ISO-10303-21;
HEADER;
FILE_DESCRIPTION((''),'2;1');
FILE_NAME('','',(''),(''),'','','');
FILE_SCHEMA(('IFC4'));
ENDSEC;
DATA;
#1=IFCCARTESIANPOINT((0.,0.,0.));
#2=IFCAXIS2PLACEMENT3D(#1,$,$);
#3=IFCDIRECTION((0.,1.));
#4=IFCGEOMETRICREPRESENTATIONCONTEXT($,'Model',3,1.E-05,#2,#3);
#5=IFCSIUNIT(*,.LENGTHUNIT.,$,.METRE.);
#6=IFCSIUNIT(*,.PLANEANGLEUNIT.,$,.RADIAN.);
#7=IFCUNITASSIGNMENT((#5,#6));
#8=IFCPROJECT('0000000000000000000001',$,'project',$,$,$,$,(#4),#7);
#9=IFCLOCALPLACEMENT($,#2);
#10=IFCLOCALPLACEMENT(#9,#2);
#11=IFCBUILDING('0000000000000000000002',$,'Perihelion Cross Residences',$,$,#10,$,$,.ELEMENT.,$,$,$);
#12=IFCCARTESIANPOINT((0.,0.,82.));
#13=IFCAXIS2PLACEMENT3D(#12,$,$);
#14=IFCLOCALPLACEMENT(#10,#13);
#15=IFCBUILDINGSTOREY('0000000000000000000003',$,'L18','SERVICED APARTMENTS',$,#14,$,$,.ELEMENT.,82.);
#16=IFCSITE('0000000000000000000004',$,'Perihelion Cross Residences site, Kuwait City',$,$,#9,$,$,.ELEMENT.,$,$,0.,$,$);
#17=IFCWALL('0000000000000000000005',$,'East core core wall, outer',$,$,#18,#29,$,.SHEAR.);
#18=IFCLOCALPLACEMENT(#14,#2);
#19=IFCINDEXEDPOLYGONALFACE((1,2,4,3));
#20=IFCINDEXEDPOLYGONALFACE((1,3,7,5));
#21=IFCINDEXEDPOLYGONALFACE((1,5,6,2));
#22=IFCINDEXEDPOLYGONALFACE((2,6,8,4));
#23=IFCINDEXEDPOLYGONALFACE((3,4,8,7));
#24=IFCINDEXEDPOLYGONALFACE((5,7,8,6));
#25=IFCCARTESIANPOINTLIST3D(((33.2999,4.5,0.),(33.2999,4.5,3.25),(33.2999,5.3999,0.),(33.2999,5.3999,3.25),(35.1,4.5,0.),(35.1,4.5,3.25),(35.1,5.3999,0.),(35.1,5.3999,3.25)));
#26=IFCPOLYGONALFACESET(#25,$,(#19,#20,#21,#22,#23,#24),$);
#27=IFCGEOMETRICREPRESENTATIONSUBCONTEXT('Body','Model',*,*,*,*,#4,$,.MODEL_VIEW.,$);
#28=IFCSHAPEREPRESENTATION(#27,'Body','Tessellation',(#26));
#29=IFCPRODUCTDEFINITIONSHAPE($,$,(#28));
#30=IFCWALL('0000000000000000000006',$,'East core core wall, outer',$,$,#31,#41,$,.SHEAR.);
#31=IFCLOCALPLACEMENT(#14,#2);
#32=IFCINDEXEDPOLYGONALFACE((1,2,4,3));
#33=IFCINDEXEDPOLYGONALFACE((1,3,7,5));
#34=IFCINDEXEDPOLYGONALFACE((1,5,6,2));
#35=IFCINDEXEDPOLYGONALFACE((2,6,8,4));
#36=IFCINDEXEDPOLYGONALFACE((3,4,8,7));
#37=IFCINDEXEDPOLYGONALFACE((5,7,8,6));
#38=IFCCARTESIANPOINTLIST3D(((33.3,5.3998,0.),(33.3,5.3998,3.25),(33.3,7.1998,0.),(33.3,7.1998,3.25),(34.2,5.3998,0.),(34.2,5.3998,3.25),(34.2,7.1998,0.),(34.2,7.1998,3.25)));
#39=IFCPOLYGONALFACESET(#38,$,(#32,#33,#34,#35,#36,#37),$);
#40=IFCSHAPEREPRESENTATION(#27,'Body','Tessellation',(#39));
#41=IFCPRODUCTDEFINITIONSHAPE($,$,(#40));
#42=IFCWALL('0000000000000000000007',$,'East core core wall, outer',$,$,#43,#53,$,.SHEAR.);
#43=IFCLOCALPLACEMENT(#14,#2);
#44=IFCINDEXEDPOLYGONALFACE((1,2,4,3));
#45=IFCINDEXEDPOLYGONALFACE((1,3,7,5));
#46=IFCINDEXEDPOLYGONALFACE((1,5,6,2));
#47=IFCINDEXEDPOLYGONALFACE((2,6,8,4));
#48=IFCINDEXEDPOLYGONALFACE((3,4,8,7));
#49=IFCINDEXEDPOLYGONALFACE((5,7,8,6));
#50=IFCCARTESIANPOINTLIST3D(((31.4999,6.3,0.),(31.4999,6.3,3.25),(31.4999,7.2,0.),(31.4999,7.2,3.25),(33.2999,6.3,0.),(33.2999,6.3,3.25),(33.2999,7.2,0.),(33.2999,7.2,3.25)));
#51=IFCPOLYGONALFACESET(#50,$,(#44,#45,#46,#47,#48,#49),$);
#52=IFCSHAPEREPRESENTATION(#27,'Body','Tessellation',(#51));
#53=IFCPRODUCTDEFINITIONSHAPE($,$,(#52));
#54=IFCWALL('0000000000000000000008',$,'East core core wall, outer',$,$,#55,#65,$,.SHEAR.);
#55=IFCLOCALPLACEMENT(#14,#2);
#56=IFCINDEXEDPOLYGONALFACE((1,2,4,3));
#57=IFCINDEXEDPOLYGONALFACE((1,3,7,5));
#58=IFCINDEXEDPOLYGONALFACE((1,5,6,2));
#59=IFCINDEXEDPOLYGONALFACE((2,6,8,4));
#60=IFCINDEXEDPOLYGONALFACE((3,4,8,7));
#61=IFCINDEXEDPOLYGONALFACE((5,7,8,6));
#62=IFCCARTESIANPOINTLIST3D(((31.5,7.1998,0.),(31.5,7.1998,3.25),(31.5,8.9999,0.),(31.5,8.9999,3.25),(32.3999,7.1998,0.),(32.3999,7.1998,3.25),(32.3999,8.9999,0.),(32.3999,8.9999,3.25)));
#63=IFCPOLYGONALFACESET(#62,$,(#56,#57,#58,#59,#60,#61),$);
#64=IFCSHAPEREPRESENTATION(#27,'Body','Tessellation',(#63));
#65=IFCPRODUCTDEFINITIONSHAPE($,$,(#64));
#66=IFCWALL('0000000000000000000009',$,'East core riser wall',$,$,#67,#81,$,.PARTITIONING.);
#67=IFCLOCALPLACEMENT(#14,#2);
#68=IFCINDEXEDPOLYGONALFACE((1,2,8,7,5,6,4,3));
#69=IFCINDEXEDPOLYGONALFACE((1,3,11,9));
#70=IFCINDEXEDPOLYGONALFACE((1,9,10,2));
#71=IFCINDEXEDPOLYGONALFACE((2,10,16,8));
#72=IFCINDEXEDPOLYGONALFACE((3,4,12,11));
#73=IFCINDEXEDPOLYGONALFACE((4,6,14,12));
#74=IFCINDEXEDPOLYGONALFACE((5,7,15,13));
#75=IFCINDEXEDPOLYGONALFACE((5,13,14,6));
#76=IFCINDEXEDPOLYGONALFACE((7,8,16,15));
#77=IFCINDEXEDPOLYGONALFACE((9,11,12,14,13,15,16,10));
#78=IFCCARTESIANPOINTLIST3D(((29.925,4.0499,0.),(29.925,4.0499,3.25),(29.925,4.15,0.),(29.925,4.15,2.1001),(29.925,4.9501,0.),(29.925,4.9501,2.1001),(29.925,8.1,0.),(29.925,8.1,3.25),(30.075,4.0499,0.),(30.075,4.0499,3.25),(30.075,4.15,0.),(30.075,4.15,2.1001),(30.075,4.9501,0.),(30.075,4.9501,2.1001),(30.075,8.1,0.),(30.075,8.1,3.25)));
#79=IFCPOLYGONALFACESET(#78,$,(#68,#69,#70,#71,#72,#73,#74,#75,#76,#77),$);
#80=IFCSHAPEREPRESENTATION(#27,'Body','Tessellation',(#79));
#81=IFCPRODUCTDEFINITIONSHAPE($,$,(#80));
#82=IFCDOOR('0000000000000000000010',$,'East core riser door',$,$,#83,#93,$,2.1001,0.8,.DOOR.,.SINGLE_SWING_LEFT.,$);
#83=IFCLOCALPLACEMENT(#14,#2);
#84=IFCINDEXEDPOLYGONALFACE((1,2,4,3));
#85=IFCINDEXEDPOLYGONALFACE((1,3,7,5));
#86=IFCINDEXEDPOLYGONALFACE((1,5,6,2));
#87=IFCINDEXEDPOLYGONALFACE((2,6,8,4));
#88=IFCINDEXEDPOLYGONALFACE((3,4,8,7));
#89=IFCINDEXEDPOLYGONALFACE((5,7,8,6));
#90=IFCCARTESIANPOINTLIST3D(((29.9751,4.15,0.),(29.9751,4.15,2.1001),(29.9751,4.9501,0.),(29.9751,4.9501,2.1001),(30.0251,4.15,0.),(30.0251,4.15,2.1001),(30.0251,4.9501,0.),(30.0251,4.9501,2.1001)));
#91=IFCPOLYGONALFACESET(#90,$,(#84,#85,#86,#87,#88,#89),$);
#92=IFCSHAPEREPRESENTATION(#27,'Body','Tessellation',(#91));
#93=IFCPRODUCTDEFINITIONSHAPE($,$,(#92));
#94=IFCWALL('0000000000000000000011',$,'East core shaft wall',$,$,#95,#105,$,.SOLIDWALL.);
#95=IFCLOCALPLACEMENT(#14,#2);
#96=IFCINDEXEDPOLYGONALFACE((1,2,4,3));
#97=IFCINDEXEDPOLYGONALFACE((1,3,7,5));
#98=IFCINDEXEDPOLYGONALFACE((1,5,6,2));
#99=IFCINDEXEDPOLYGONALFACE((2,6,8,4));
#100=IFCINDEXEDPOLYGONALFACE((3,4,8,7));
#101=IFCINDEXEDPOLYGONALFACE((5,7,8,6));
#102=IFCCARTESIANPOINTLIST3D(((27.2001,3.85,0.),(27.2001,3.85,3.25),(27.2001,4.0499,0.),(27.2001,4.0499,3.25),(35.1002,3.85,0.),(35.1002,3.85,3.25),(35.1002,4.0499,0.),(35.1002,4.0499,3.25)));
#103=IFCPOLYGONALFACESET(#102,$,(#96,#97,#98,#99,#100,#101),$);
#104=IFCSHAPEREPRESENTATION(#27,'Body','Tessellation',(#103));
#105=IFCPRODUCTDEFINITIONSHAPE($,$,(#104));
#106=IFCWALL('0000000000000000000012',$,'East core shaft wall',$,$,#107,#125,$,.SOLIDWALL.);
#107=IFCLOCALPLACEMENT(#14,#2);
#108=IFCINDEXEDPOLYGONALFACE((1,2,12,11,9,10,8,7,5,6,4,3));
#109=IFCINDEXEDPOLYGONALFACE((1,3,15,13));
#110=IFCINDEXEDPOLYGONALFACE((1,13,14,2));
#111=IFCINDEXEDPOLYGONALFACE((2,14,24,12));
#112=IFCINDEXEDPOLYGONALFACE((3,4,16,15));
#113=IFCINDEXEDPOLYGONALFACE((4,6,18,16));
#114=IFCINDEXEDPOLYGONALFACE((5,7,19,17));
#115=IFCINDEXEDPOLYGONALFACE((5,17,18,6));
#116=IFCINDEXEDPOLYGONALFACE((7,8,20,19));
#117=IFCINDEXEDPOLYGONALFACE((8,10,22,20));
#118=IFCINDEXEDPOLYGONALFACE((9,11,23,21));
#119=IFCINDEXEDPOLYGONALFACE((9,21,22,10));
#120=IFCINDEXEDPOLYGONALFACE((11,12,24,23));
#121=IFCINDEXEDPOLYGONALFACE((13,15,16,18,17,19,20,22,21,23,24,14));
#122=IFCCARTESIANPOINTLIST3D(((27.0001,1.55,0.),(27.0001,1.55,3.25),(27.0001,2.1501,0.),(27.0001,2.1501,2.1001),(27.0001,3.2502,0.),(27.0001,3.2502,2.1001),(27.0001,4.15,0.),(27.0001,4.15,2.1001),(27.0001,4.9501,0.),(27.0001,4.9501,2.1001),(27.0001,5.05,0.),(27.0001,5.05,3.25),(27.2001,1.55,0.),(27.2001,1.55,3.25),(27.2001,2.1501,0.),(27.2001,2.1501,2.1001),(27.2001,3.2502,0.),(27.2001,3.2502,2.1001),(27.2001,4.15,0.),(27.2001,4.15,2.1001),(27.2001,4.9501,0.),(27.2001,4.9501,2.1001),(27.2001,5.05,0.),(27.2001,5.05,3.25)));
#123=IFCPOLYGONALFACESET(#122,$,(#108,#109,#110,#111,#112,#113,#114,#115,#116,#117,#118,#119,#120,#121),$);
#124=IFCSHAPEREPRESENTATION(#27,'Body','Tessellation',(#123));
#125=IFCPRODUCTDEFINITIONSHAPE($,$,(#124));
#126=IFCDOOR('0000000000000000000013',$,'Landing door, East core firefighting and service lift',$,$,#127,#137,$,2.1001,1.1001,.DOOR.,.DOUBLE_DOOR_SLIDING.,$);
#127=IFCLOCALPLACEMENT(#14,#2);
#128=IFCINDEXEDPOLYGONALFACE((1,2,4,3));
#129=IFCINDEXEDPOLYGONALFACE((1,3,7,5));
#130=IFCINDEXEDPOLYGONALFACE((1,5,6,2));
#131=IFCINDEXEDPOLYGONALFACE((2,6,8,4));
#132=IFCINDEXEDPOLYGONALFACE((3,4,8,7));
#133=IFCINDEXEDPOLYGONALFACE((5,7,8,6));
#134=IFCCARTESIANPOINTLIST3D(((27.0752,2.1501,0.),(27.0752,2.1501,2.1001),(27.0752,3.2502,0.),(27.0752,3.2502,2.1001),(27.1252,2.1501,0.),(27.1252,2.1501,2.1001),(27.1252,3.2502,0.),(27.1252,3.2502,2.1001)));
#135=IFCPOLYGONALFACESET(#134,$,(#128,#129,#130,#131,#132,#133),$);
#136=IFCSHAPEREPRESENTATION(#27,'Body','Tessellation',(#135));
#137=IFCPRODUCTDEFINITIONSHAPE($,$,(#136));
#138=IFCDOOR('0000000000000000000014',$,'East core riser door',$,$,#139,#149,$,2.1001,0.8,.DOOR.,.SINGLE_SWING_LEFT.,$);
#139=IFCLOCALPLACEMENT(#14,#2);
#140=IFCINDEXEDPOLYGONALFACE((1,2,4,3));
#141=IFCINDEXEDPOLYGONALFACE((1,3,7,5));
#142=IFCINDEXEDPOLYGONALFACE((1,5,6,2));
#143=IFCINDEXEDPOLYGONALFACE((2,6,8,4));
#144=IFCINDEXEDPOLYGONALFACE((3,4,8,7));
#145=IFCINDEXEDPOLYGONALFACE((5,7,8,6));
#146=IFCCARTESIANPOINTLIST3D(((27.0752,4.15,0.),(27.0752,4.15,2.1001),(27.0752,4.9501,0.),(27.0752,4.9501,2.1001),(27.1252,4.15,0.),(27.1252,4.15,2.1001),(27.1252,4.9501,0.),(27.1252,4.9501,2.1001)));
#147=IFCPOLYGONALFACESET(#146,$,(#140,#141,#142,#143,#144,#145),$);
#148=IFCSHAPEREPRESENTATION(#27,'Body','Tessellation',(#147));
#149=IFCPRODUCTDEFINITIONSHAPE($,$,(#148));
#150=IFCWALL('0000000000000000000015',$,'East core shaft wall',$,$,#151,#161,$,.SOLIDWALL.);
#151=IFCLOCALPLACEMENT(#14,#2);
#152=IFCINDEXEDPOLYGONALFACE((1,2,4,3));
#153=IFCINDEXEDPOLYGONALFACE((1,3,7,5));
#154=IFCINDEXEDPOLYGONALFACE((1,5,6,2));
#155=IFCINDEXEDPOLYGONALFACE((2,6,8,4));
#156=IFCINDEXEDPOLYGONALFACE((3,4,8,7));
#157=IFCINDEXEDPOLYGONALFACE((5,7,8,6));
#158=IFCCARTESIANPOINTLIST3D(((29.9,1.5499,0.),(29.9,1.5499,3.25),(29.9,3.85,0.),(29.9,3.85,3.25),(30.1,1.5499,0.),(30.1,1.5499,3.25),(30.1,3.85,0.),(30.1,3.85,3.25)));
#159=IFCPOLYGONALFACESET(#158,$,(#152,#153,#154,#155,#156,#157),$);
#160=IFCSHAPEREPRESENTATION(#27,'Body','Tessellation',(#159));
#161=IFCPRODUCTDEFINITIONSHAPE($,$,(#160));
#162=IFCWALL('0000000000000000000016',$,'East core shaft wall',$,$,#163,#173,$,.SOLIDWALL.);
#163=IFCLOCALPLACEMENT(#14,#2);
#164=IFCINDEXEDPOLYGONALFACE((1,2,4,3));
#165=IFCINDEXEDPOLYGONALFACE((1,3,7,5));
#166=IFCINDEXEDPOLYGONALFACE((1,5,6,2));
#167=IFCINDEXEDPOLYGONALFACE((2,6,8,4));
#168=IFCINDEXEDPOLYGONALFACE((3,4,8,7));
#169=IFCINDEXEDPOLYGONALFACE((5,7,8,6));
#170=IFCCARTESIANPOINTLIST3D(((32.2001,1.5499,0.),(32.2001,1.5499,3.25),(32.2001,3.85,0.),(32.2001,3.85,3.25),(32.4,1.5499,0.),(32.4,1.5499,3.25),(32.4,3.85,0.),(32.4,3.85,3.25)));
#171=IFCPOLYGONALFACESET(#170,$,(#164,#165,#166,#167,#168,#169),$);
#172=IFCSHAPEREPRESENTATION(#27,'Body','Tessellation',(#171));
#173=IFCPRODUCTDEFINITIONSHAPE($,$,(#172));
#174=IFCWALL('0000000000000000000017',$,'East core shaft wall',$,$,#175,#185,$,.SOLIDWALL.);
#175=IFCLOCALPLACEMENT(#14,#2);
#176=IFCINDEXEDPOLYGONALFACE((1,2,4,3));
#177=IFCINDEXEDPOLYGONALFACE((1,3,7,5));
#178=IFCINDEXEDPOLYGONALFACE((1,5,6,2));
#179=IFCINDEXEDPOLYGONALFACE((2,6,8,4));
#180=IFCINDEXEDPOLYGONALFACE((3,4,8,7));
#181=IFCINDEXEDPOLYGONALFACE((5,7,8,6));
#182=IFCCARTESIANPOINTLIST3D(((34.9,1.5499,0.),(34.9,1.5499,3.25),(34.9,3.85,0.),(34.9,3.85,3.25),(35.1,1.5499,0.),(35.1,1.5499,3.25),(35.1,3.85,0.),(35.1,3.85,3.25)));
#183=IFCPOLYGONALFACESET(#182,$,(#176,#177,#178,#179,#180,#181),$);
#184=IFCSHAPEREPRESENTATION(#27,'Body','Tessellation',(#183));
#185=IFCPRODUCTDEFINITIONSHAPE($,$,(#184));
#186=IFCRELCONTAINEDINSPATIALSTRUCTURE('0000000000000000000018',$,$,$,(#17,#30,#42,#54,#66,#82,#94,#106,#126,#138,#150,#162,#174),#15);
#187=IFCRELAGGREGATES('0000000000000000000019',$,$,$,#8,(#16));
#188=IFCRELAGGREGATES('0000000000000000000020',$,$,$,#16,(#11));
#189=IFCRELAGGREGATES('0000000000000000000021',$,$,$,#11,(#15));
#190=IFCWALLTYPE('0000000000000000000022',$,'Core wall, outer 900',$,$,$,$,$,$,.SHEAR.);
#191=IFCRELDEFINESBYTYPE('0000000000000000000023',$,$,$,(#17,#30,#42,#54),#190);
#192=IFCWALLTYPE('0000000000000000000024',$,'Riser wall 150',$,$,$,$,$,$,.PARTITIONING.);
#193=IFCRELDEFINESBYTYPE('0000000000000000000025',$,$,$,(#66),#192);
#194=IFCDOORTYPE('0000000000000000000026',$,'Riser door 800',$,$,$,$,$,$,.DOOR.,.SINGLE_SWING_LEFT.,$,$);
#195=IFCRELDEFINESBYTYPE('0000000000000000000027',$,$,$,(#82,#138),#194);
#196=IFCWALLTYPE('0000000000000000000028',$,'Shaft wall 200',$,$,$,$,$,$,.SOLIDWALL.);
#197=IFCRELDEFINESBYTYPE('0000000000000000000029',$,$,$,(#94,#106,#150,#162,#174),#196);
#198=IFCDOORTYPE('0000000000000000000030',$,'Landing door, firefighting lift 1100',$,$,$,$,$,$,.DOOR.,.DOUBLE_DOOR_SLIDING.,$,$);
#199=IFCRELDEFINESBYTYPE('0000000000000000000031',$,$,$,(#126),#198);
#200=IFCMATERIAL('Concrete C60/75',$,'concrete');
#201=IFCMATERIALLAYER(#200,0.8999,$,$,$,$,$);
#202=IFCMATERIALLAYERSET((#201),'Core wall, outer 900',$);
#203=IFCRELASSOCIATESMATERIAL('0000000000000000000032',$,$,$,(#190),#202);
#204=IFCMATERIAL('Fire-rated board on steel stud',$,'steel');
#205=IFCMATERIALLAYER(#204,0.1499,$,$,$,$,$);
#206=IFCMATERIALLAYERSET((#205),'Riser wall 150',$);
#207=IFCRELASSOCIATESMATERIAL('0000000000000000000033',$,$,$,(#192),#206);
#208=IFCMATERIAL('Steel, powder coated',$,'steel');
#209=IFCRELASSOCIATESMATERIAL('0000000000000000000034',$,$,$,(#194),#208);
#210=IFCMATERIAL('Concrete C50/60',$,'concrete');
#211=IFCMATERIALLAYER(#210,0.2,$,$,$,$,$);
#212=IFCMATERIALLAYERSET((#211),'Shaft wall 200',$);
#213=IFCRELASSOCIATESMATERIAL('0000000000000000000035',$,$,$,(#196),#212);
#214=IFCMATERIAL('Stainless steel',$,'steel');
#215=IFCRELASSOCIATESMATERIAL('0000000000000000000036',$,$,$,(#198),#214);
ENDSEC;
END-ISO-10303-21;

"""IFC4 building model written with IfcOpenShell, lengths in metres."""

from ifc_helpers import new_model, si_unit, direction, frame, frame_2d, origin, place, context, subcontext, project, spatial, rectangle, extrude, material, layer, layer_set, type_object, element, fill, save


model = new_model("IFC4")

# Units and contexts
model_context = context("Model", 3, precision=1e-05, world=origin(), true_north=direction((0.0, 1.0)))
body_context = subcontext(model_context, "Body", "Model", "MODEL_VIEW")
ifc_project = project(units=[si_unit("LENGTHUNIT", "METRE"), si_unit("PLANEANGLEUNIT", "RADIAN")], contexts=[model_context])

# Site, building, storey
site_placement = place(None, origin())
site = spatial("IfcSite", under=ifc_project, at=site_placement, Name="Perihelion Cross Residences site, Kuwait City", CompositionType="ELEMENT", RefElevation=0.0)
building_placement = place(site_placement, origin())
building = spatial("IfcBuilding", under=site, at=building_placement, Name="Perihelion Cross Residences", CompositionType="ELEMENT")
storey_placement = place(building_placement, frame((0.0, 0.0, 82.0)))
storey = spatial("IfcBuildingStorey", under=building, at=storey_placement, Name="L18", Description="SERVICED APARTMENTS", CompositionType="ELEMENT", Elevation=82.0)

# Walls
ifc_material_1 = material(Name="Concrete C60/75", Category="concrete")
ifc_layer_1 = layer(ifc_material_1, 0.8999)
ifc_layer_set_1 = layer_set([ifc_layer_1], Name="Core wall, outer 900")
wall_type_1 = type_object("IfcWallType", Name="Core wall, outer 900", PredefinedType="SHEAR", material=ifc_layer_set_1)
for number, where, z_axis, x_axis, name in (
    (1, (33.3, 4.95, 0.0), (0.0, 0.0, 1.0), (1.0, 0.0, 0.0), "East core core wall, outer"),
    (2, (33.75, 5.3999, 0.0), (0.0, 0.0, 1.0), (0.0, 1.0, 0.0), "East core core wall, outer"),
    (3, (31.5, 6.75, 0.0), (0.0, 0.0, 1.0), (1.0, 0.0, 0.0), "East core core wall, outer"),
    (4, (31.95, 7.2, 0.0), (0.0, 0.0, 1.0), (0.0, 1.0, 0.0), "East core core wall, outer"),
):
    element("IfcWall", number, at=place(storey_placement, frame(where, z_axis=z_axis, x_axis=x_axis)), inside=storey, type_object=wall_type_1, Name=name, PredefinedType="SHEAR", context=body_context, shape_type="SweptSolid", body=[
        extrude(rectangle(XDim=1.8, YDim=0.8999, at=frame_2d((0.8999, 0.0))), origin(), (0.0, 0.0, 1.0), 3.25),
    ])

# Wall, opening, door
ifc_material_2 = material(Name="Fire-rated board on steel stud", Category="steel")
ifc_layer_2 = layer(ifc_material_2, 0.1499)
ifc_layer_set_2 = layer_set([ifc_layer_2], Name="Riser wall 150")
wall_type_2 = type_object("IfcWallType", Name="Riser wall 150", PredefinedType="PARTITIONING", material=ifc_layer_set_2)
wall_1_placement = place(storey_placement, frame((30.0, 4.05, 0.0), z_axis=(0.0, 0.0, 1.0), x_axis=(0.0, 1.0, 0.0)))
wall_1 = element("IfcWall", 5, at=wall_1_placement, inside=storey, type_object=wall_type_2, Name="East core riser wall", PredefinedType="PARTITIONING", context=body_context, shape_type="SweptSolid", body=[
    extrude(rectangle(XDim=4.05, YDim=0.1499, at=frame_2d((2.0249, 0.0))), origin(), (0.0, 0.0, 1.0), 3.25),
])
opening_1_placement = place(wall_1_placement, frame((0.1001, 0.0, 0.0)))
opening_1 = element("IfcOpeningElement", 6, at=opening_1_placement, cuts=wall_1, PredefinedType="OPENING", context=body_context, shape_type="SweptSolid", body=[
    extrude(rectangle(XDim=0.8, YDim=2.1001, at=frame_2d((0.3999, 1.05))), frame((0.0, 0.085, 0.0), z_axis=(0.0, -1.0, 0.0), x_axis=(1.0, 0.0, 0.0)), (0.0, 0.0, 1.0), 0.1699),
])
ifc_material_3 = material(Name="Steel, powder coated", Category="steel")
door_type_1 = type_object("IfcDoorType", Name="Riser door 800", OperationType="SINGLE_SWING_LEFT", PredefinedType="DOOR", material=ifc_material_3)
door_1_placement = place(opening_1_placement, origin())
door_1 = element("IfcDoor", 7, at=door_1_placement, inside=storey, type_object=door_type_1, Name="East core riser door", OperationType="SINGLE_SWING_LEFT", OverallHeight=2.1001, OverallWidth=0.8, PredefinedType="DOOR", context=body_context, shape_type="SweptSolid", body=[
    extrude(rectangle(XDim=0.8, YDim=2.1001, at=frame_2d((0.3999, 1.05))), frame((0.0, 0.0249, 0.0), z_axis=(0.0, -1.0, 0.0), x_axis=(1.0, 0.0, 0.0)), (0.0, 0.0, 1.0), 0.05),
])
fill(opening_1, door_1)

# Wall
ifc_material_4 = material(Name="Concrete C50/60", Category="concrete")
ifc_layer_3 = layer(ifc_material_4, 0.2)
ifc_layer_set_3 = layer_set([ifc_layer_3], Name="Shaft wall 200")
wall_type_3 = type_object("IfcWallType", Name="Shaft wall 200", PredefinedType="SOLIDWALL", material=ifc_layer_set_3)
wall_2_placement = place(storey_placement, frame((27.2, 3.95, 0.0), z_axis=(0.0, 0.0, 1.0), x_axis=(1.0, 0.0, 0.0)))
element("IfcWall", 8, at=wall_2_placement, inside=storey, type_object=wall_type_3, Name="East core shaft wall", PredefinedType="SOLIDWALL", context=body_context, shape_type="SweptSolid", body=[
    extrude(rectangle(XDim=7.9001, YDim=0.2, at=frame_2d((3.9502, 0.0))), origin(), (0.0, 0.0, 1.0), 3.25),
])

# Wall, openings, doors
wall_3_placement = place(storey_placement, frame((27.1001, 1.55, 0.0), z_axis=(0.0, 0.0, 1.0), x_axis=(0.0, 1.0, 0.0)))
wall_3 = element("IfcWall", 9, at=wall_3_placement, inside=storey, type_object=wall_type_3, Name="East core shaft wall", PredefinedType="SOLIDWALL", context=body_context, shape_type="SweptSolid", body=[
    extrude(rectangle(XDim=3.5, YDim=0.2, at=frame_2d((1.75, 0.0))), origin(), (0.0, 0.0, 1.0), 3.25),
])
opening_2_placement = place(wall_3_placement, frame((0.6001, 0.0, 0.0)))
opening_2 = element("IfcOpeningElement", 10, at=opening_2_placement, cuts=wall_3, PredefinedType="OPENING", context=body_context, shape_type="SweptSolid", body=[
    extrude(rectangle(XDim=1.1001, YDim=2.1001, at=frame_2d((0.55, 1.05))), frame((0.0, 0.1099, 0.0), z_axis=(0.0, -1.0, 0.0), x_axis=(1.0, 0.0, 0.0)), (0.0, 0.0, 1.0), 0.22),
])
opening_3_placement = place(wall_3_placement, frame((2.6001, 0.0, 0.0)))
opening_3 = element("IfcOpeningElement", 11, at=opening_3_placement, cuts=wall_3, PredefinedType="OPENING", context=body_context, shape_type="SweptSolid", body=[
    extrude(rectangle(XDim=0.8, YDim=2.1001, at=frame_2d((0.3999, 1.05))), frame((0.0, 0.1099, 0.0), z_axis=(0.0, -1.0, 0.0), x_axis=(1.0, 0.0, 0.0)), (0.0, 0.0, 1.0), 0.22),
])
ifc_material_5 = material(Name="Stainless steel", Category="steel")
door_type_2 = type_object("IfcDoorType", Name="Landing door, firefighting lift 1100", OperationType="DOUBLE_DOOR_SLIDING", PredefinedType="DOOR", material=ifc_material_5)
door_2_placement = place(opening_2_placement, origin())
door_2 = element("IfcDoor", 12, at=door_2_placement, inside=storey, type_object=door_type_2, Name="Landing door, East core firefighting and service lift", OperationType="DOUBLE_DOOR_SLIDING", OverallHeight=2.1001, OverallWidth=1.1001, PredefinedType="DOOR", context=body_context, shape_type="SweptSolid", body=[
    extrude(rectangle(XDim=1.1001, YDim=2.1001, at=frame_2d((0.55, 1.05))), frame((0.0, 0.0249, 0.0), z_axis=(0.0, -1.0, 0.0), x_axis=(1.0, 0.0, 0.0)), (0.0, 0.0, 1.0), 0.05),
])
fill(opening_2, door_2)
door_3_placement = place(opening_3_placement, origin())
door_3 = element("IfcDoor", 13, at=door_3_placement, inside=storey, type_object=door_type_1, Name="East core riser door", OperationType="SINGLE_SWING_LEFT", OverallHeight=2.1001, OverallWidth=0.8, PredefinedType="DOOR", context=body_context, shape_type="SweptSolid", body=[
    extrude(rectangle(XDim=0.8, YDim=2.1001, at=frame_2d((0.3999, 1.05))), frame((0.0, 0.0249, 0.0), z_axis=(0.0, -1.0, 0.0), x_axis=(1.0, 0.0, 0.0)), (0.0, 0.0, 1.0), 0.05),
])
fill(opening_3, door_3)

# Walls
for number, where, z_axis, x_axis, name in (
    (14, (30.0, 1.55, 0.0), (0.0, 0.0, 1.0), (0.0, 1.0, 0.0), "East core shaft wall"),
    (15, (32.3, 1.55, 0.0), (0.0, 0.0, 1.0), (0.0, 1.0, 0.0), "East core shaft wall"),
    (16, (35.0, 1.55, 0.0), (0.0, 0.0, 1.0), (0.0, 1.0, 0.0), "East core shaft wall"),
):
    element("IfcWall", number, at=place(storey_placement, frame(where, z_axis=z_axis, x_axis=x_axis)), inside=storey, type_object=wall_type_3, Name=name, PredefinedType="SOLIDWALL", context=body_context, shape_type="SweptSolid", body=[
        extrude(rectangle(XDim=2.3, YDim=0.2, at=frame_2d((1.1499, 0.0))), origin(), (0.0, 0.0, 1.0), 3.25),
    ])

save(model, "model.ifc")
